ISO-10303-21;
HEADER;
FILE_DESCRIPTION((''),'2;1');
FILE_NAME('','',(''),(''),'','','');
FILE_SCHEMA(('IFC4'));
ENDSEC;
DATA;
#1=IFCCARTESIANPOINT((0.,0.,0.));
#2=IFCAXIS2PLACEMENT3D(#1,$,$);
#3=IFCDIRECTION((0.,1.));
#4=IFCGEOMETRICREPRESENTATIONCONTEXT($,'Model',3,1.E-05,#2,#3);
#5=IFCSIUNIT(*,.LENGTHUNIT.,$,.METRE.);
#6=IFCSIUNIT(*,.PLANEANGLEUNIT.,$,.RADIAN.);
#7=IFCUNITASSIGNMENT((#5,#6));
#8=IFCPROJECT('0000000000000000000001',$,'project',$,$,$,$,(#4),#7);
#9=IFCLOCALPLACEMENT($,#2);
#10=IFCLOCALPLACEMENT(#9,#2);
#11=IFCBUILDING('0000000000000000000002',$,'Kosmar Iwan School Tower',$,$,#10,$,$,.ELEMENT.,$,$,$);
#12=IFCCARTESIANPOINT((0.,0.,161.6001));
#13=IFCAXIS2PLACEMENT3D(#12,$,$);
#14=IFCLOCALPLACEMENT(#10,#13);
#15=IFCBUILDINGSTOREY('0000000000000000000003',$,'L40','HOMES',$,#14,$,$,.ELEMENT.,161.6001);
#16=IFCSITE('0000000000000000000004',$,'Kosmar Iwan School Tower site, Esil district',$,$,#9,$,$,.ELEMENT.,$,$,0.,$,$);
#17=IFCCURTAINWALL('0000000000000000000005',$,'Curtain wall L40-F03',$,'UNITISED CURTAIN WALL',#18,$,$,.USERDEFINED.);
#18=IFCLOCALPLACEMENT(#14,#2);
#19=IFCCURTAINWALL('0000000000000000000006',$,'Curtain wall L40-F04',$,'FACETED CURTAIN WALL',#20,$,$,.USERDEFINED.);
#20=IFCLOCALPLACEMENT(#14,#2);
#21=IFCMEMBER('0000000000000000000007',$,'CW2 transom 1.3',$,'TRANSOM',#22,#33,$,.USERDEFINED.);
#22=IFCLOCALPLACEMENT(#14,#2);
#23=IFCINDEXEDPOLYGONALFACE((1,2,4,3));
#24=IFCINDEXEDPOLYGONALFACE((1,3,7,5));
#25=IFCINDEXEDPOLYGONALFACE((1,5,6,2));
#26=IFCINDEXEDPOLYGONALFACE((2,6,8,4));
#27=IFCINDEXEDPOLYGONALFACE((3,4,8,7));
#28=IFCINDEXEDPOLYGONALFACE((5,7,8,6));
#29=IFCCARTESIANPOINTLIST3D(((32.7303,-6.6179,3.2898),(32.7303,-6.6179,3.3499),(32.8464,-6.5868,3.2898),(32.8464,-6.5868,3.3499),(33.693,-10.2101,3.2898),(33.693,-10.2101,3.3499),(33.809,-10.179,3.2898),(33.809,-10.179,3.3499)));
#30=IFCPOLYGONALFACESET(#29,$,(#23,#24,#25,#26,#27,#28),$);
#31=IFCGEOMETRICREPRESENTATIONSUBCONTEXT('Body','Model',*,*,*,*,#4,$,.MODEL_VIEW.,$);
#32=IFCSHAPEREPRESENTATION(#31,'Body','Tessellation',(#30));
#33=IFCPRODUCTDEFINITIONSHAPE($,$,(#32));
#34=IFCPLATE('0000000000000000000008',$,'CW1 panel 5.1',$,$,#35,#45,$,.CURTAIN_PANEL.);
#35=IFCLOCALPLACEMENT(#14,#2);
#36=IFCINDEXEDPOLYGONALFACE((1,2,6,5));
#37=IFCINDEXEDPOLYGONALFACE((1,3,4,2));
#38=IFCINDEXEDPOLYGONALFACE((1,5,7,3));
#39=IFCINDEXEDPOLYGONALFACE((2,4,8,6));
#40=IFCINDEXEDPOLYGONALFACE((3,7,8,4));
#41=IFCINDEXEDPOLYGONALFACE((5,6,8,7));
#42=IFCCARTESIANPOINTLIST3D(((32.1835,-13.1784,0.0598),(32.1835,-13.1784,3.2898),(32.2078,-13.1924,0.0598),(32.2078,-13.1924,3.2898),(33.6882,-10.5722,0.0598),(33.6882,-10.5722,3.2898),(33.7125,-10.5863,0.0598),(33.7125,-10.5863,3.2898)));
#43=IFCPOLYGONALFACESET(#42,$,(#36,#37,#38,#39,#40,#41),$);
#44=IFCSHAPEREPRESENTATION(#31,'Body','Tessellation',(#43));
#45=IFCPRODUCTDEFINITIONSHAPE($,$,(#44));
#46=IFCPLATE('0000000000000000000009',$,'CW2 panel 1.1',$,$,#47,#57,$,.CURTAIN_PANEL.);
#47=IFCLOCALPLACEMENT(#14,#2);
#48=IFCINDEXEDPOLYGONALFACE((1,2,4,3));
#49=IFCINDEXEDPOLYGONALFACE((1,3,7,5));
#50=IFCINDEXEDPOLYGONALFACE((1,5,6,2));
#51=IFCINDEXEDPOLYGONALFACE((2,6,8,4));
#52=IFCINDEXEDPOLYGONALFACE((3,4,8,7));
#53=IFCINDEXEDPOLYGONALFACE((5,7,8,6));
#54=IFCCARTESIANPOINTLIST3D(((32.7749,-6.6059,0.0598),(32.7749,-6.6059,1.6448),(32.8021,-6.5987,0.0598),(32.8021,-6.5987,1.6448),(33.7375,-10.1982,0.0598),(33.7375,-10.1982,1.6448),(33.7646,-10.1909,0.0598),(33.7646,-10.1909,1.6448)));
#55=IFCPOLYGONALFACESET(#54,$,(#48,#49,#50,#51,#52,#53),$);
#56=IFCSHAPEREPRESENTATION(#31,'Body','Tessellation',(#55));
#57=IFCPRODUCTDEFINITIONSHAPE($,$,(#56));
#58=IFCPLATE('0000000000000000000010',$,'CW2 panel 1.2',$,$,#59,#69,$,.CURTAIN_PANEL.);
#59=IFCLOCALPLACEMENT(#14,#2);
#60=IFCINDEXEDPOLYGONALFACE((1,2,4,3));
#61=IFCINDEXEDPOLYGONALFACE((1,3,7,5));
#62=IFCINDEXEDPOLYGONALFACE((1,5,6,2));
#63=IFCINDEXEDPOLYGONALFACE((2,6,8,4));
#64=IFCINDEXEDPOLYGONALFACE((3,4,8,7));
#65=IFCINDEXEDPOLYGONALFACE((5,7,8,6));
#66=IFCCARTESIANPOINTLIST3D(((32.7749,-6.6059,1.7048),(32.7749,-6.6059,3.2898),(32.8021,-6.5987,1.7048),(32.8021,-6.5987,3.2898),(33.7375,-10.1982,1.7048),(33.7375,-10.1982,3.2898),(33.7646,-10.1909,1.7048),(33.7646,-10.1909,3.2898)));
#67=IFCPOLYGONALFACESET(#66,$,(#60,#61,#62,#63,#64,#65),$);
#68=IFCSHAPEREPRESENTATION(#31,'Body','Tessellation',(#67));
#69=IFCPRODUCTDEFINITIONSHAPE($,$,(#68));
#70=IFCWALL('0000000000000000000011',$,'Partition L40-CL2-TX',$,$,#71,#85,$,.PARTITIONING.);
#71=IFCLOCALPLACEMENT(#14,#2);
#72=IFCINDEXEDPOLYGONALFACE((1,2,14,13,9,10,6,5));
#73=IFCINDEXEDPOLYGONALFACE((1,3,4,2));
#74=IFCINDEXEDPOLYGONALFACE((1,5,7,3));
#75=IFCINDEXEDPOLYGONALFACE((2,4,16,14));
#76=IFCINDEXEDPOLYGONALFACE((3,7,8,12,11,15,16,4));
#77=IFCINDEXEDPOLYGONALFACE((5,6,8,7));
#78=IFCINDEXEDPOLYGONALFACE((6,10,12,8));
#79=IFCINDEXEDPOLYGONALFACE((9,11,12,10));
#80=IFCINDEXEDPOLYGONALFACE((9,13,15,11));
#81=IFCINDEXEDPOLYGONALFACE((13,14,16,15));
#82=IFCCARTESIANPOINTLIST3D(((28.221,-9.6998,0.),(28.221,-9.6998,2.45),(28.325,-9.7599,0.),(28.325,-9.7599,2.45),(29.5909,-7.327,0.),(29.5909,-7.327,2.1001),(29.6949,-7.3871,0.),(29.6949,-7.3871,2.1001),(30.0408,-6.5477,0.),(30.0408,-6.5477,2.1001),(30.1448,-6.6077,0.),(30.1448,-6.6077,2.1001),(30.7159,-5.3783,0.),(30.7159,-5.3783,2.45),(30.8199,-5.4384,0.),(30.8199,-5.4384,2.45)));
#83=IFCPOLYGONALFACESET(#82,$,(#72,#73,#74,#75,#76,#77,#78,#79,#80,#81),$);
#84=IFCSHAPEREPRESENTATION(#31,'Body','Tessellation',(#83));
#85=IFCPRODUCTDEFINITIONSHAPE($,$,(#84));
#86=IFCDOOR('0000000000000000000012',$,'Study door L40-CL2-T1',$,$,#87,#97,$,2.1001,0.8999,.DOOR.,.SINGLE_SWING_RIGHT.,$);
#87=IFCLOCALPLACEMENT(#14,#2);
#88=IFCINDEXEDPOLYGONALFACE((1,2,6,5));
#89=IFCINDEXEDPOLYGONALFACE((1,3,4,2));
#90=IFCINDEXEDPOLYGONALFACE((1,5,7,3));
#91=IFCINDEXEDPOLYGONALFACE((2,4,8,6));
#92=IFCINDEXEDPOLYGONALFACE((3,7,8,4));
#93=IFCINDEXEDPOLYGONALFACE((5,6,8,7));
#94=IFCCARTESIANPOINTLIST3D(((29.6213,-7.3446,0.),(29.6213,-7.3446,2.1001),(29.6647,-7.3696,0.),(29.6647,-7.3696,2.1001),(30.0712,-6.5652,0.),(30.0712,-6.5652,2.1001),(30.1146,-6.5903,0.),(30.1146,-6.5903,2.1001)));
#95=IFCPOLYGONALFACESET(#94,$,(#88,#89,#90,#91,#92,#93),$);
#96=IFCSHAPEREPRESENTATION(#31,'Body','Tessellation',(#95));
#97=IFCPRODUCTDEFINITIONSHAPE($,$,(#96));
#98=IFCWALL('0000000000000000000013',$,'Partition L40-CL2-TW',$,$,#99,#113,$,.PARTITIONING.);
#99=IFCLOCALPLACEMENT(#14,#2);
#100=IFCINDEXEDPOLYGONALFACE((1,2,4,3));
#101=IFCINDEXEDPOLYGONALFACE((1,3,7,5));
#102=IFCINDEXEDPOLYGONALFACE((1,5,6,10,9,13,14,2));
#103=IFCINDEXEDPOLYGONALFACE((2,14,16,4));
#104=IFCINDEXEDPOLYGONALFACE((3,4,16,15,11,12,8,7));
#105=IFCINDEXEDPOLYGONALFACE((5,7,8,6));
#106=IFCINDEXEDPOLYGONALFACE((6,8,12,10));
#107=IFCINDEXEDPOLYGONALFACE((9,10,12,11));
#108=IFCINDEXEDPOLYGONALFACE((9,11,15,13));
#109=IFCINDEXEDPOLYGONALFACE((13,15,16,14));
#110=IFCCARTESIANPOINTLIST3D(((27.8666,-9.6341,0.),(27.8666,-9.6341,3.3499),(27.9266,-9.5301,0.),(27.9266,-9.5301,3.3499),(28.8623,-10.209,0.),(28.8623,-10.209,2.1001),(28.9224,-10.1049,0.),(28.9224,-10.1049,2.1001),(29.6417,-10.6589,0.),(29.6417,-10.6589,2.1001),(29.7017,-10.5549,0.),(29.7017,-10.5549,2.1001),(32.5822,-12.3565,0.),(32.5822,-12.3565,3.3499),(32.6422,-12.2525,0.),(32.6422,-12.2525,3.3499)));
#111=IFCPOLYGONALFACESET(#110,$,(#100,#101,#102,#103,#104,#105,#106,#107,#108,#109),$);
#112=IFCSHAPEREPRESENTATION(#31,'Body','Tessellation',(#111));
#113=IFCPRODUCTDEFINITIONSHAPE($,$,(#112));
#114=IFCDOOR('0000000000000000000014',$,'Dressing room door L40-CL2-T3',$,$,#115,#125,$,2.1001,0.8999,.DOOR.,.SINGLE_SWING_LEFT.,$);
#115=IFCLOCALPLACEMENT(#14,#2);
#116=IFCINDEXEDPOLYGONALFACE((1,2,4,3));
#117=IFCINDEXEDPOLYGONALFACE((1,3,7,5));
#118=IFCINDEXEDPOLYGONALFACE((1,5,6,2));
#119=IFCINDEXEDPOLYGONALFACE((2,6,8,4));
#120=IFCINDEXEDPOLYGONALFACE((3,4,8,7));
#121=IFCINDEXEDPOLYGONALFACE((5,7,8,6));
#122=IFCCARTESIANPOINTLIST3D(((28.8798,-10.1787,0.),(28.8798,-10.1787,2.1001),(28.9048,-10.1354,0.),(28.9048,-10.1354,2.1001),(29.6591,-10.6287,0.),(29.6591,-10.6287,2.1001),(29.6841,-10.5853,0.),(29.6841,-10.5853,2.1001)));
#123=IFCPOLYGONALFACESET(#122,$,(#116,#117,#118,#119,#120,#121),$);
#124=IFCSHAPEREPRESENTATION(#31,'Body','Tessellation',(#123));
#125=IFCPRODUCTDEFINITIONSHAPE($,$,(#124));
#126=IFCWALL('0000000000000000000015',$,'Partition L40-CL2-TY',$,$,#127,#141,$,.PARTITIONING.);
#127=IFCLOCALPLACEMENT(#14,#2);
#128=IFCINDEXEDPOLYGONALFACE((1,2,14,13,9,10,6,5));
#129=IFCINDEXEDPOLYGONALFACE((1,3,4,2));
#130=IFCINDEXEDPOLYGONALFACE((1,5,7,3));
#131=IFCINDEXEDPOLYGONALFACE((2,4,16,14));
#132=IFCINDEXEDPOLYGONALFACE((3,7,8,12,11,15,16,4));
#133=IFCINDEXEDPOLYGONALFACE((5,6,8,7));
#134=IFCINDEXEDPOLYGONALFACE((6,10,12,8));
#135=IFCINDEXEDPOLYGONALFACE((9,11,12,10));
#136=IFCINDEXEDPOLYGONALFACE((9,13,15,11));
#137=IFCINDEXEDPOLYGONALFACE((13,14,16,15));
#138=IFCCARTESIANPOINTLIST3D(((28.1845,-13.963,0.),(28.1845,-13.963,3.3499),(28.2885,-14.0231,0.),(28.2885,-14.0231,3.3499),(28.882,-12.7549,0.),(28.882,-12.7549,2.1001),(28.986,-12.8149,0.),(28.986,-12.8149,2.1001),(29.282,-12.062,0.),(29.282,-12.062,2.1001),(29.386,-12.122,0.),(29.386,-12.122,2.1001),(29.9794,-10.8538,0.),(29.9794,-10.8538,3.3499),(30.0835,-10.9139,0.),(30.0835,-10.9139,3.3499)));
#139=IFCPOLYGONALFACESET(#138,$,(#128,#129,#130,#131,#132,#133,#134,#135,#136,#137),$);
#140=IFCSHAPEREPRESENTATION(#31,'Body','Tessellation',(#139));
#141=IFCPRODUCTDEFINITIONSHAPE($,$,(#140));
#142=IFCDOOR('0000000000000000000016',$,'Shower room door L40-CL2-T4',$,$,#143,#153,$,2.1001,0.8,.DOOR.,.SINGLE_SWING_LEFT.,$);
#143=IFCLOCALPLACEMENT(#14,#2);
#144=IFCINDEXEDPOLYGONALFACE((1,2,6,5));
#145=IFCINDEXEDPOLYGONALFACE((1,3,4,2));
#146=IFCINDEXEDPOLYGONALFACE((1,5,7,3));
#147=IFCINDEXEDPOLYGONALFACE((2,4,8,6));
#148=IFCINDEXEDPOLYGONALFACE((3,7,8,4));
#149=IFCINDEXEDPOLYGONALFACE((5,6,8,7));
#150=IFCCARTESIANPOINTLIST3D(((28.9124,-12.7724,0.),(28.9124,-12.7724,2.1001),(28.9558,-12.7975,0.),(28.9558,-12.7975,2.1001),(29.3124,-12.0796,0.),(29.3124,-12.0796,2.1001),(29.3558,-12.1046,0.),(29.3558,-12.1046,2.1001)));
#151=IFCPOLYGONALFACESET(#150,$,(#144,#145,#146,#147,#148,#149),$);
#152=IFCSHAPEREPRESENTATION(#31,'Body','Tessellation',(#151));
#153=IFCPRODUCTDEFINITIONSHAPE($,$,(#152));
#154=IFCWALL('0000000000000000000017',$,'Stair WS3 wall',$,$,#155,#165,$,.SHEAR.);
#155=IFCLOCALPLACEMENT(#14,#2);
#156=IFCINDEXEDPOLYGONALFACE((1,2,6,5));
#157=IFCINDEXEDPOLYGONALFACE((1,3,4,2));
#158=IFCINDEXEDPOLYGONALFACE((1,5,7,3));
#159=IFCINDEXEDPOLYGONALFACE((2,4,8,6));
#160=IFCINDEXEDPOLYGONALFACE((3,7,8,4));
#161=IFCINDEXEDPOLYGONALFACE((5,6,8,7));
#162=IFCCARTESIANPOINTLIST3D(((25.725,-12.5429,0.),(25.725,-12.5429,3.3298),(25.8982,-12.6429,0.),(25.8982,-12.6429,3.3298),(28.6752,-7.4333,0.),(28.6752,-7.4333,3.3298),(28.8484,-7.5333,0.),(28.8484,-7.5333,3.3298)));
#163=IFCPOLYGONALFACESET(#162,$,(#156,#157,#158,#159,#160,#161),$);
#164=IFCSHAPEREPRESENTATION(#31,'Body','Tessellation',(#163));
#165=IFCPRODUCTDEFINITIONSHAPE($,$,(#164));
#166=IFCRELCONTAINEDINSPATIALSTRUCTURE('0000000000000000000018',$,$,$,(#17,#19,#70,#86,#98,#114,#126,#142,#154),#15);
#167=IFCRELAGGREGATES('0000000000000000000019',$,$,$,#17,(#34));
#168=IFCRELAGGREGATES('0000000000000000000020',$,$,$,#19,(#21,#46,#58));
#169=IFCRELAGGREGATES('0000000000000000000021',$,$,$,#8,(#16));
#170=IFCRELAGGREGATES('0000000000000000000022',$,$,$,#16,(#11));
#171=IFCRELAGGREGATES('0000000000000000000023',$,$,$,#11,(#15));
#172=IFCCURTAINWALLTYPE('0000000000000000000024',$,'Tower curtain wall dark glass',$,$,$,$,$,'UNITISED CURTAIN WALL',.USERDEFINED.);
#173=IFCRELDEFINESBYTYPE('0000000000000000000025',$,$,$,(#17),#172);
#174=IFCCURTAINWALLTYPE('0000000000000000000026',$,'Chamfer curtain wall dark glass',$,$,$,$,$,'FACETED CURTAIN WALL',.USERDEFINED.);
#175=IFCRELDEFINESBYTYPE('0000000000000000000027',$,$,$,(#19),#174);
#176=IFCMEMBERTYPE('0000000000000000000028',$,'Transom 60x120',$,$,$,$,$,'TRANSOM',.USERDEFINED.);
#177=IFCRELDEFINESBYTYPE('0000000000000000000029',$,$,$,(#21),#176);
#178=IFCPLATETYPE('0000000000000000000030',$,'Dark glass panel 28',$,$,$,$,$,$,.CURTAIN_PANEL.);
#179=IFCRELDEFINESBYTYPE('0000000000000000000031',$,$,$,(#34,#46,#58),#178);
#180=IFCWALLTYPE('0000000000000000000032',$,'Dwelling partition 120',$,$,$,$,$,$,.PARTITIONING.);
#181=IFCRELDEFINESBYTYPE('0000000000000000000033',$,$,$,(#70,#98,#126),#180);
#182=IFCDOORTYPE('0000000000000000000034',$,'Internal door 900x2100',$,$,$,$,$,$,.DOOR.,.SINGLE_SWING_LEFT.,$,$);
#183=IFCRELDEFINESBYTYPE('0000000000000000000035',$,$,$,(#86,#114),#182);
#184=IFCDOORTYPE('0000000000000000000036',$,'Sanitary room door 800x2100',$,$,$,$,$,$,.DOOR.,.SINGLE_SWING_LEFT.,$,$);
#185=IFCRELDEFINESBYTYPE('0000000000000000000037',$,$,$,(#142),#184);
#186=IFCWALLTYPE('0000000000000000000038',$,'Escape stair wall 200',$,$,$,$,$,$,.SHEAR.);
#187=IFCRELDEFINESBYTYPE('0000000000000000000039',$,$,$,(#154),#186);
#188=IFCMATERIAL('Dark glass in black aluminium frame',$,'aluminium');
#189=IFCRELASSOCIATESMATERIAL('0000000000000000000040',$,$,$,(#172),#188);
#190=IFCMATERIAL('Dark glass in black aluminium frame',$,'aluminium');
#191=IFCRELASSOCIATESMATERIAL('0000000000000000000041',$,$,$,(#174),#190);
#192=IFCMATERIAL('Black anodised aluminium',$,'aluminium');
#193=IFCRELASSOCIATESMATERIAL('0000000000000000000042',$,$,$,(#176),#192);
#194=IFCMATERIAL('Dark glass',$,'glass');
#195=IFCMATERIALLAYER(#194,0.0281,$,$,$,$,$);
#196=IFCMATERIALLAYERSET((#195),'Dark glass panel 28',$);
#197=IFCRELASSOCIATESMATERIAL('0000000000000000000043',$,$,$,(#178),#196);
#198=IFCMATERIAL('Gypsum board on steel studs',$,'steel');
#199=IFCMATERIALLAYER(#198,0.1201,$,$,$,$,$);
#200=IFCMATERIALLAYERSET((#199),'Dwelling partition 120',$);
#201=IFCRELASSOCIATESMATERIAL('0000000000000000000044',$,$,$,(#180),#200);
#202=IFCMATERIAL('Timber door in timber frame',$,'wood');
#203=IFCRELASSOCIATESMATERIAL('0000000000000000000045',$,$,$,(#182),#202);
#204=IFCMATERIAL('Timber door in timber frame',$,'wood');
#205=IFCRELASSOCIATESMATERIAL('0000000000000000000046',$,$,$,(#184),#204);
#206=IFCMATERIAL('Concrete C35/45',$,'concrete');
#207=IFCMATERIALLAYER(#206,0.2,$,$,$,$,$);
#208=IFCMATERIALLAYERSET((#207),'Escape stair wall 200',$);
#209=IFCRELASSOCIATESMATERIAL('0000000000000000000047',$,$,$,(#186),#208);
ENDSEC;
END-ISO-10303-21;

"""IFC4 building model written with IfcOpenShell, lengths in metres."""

from ifc_helpers import new_model, si_unit, direction, frame, frame_2d, origin, origin_2d, place, context, subcontext, project, spatial, rectangle, extrude, material, layer, layer_set, material_profile, profile_set, type_object, element, fill, aggregate, save


model = new_model("IFC4")

# Units and contexts
model_context = context("Model", 3, precision=1e-05, world=origin(), true_north=direction((0.0, 1.0)))
body_context = subcontext(model_context, "Body", "Model", "MODEL_VIEW")
ifc_project = project(units=[si_unit("LENGTHUNIT", "METRE"), si_unit("PLANEANGLEUNIT", "RADIAN")], contexts=[model_context])

# Site, building, storey
site_placement = place(None, origin())
site = spatial("IfcSite", under=ifc_project, at=site_placement, Name="Kosmar Iwan School Tower site, Esil district", CompositionType="ELEMENT", RefElevation=0.0)
building_placement = place(site_placement, origin())
building = spatial("IfcBuilding", under=site, at=building_placement, Name="Kosmar Iwan School Tower", CompositionType="ELEMENT")
storey_placement = place(building_placement, frame((0.0, 0.0, 161.6001)))
storey = spatial("IfcBuildingStorey", under=building, at=storey_placement, Name="L40", Description="HOMES", CompositionType="ELEMENT", Elevation=161.6001)

# Curtain walls
ifc_material_1 = material(Name="Dark glass in black aluminium frame", Category="aluminium")
curtain_wall_type_1 = type_object("IfcCurtainWallType", Name="Tower curtain wall dark glass", ElementType="UNITISED CURTAIN WALL", PredefinedType="USERDEFINED", material=ifc_material_1)
curtain_wall_1_placement = place(storey_placement, origin())
curtain_wall_1 = element("IfcCurtainWall", 1, at=curtain_wall_1_placement, inside=storey, type_object=curtain_wall_type_1, Name="Curtain wall L40-F03", ObjectType="UNITISED CURTAIN WALL", PredefinedType="USERDEFINED")
ifc_material_2 = material(Name="Dark glass in black aluminium frame", Category="aluminium")
curtain_wall_type_2 = type_object("IfcCurtainWallType", Name="Chamfer curtain wall dark glass", ElementType="FACETED CURTAIN WALL", PredefinedType="USERDEFINED", material=ifc_material_2)
curtain_wall_2_placement = place(storey_placement, origin())
curtain_wall_2 = element("IfcCurtainWall", 2, at=curtain_wall_2_placement, inside=storey, type_object=curtain_wall_type_2, Name="Curtain wall L40-F04", ObjectType="FACETED CURTAIN WALL", PredefinedType="USERDEFINED")

# Member
ifc_material_3 = material(Name="Black anodised aluminium", Category="aluminium")
ifc_material_profile_1 = material_profile(ifc_material_3, rectangle(XDim=0.1201, YDim=0.0601, at=origin_2d()), Name="TRANSOM 60x120")
ifc_profile_set_1 = profile_set([ifc_material_profile_1], Name="Black anodised aluminium")
member_type_1 = type_object("IfcMemberType", Name="Transom 60x120", ElementType="TRANSOM", PredefinedType="USERDEFINED", material=ifc_profile_set_1)
member_1_placement = place(storey_placement, frame((33.751, -10.1946, 3.3198), z_axis=(-0.258843, 0.965919, 0.0), x_axis=(-0.965919, -0.258843, 0.0)))
member_1 = element("IfcMember", 3, at=member_1_placement, type_object=member_type_1, Name="CW2 transom 1.3", ObjectType="TRANSOM", PredefinedType="USERDEFINED", context=body_context, shape_type="SweptSolid", body=[
    extrude(rectangle(XDim=0.1201, YDim=0.0601, at=origin_2d()), origin(), (0.0, 0.0, 1.0), 3.719),
])

# Plates
ifc_material_4 = material(Name="Dark glass", Category="glass")
ifc_layer_1 = layer(ifc_material_4, 0.0281)
ifc_layer_set_1 = layer_set([ifc_layer_1], Name="Dark glass panel 28")
plate_type = type_object("IfcPlateType", Name="Dark glass panel 28", PredefinedType="CURTAIN_PANEL", material=ifc_layer_set_1)
plate_1_placement = place(storey_placement, frame((32.948, -11.8823, 0.0598), z_axis=(0.0, 0.0, 1.0), x_axis=(0.5, 0.866025, 0.0)))
plate_1 = element("IfcPlate", 4, at=plate_1_placement, type_object=plate_type, Name="CW1 panel 5.1", PredefinedType="CURTAIN_PANEL", context=body_context, shape_type="SweptSolid", body=[
    extrude(rectangle(XDim=3.0093, YDim=0.0281, at=origin_2d()), origin(), (0.0, 0.0, 1.0), 3.23),
])
aggregate(curtain_wall_1, [plate_1])
plate_2_placement = place(storey_placement, frame((33.2698, -8.3984, 0.0598), z_axis=(0.0, 0.0, 1.0), x_axis=(-0.258819, 0.965926, 0.0)))
plate_2 = element("IfcPlate", 5, at=plate_2_placement, type_object=plate_type, Name="CW2 panel 1.1", PredefinedType="CURTAIN_PANEL", context=body_context, shape_type="SweptSolid", body=[
    extrude(rectangle(XDim=3.719, YDim=0.0281, at=origin_2d()), origin(), (0.0, 0.0, 1.0), 1.585),
])
plate_3_placement = place(storey_placement, frame((33.2698, -8.3984, 1.7048), z_axis=(0.0, 0.0, 1.0), x_axis=(-0.258819, 0.965926, 0.0)))
plate_3 = element("IfcPlate", 6, at=plate_3_placement, type_object=plate_type, Name="CW2 panel 1.2", PredefinedType="CURTAIN_PANEL", context=body_context, shape_type="SweptSolid", body=[
    extrude(rectangle(XDim=3.719, YDim=0.0281, at=origin_2d()), origin(), (0.0, 0.0, 1.0), 1.585),
])
aggregate(curtain_wall_2, [member_1, plate_2, plate_3])

# Walls, openings, doors
ifc_material_5 = material(Name="Gypsum board on steel studs", Category="steel")
ifc_layer_2 = layer(ifc_material_5, 0.1201)
ifc_layer_set_2 = layer_set([ifc_layer_2], Name="Dwelling partition 120")
wall_type_1 = type_object("IfcWallType", Name="Dwelling partition 120", PredefinedType="PARTITIONING", material=ifc_layer_set_2)
wall_1_placement = place(storey_placement, frame((28.2729, -9.73, 0.0), z_axis=(0.0, 0.0, 1.0), x_axis=(0.499975, 0.86604, 0.0)))
wall_1 = element("IfcWall", 7, at=wall_1_placement, inside=storey, type_object=wall_type_1, Name="Partition L40-CL2-TX", PredefinedType="PARTITIONING", context=body_context, shape_type="SweptSolid", body=[
    extrude(rectangle(XDim=4.99, YDim=0.1201, at=frame_2d((2.4951, 0.0))), origin(), (0.0, 0.0, 1.0), 2.45),
])
opening_1_placement = place(wall_1_placement, frame((2.74, 0.0, 0.0)))
opening_1 = element("IfcOpeningElement", 8, at=opening_1_placement, cuts=wall_1, PredefinedType="OPENING", context=body_context, shape_type="SweptSolid", body=[
    extrude(rectangle(XDim=0.8999, YDim=2.1001, at=frame_2d((0.45, 1.05))), frame((0.0, 0.072, 0.0), z_axis=(0.0, -1.0, 0.0), x_axis=(1.0, 0.0, 0.0)), (0.0, 0.0, 1.0), 0.144),
])
ifc_material_6 = material(Name="Timber door in timber frame", Category="wood")
door_type_1 = type_object("IfcDoorType", Name="Internal door 900x2100", OperationType="SINGLE_SWING_LEFT", PredefinedType="DOOR", material=ifc_material_6)
door_1_placement = place(opening_1_placement, origin())
door_1 = element("IfcDoor", 9, at=door_1_placement, inside=storey, type_object=door_type_1, Name="Study door L40-CL2-T1", OperationType="SINGLE_SWING_RIGHT", OverallHeight=2.1001, OverallWidth=0.8999, PredefinedType="DOOR", context=body_context, shape_type="SweptSolid", body=[
    extrude(rectangle(XDim=0.8999, YDim=2.1001, at=frame_2d((0.45, 1.05))), frame((0.0, 0.0249, 0.0), z_axis=(0.0, -1.0, 0.0), x_axis=(1.0, 0.0, 0.0)), (0.0, 0.0, 1.0), 0.05),
])
fill(opening_1, door_1)
wall_2_placement = place(storey_placement, frame((27.8965, -9.582, 0.0), z_axis=(0.0, 0.0, 1.0), x_axis=(0.866036, -0.499982, 0.0)))
wall_2 = element("IfcWall", 10, at=wall_2_placement, inside=storey, type_object=wall_type_1, Name="Partition L40-CL2-TW", PredefinedType="PARTITIONING", context=body_context, shape_type="SweptSolid", body=[
    extrude(rectangle(XDim=5.4451, YDim=0.1201, at=frame_2d((2.7227, 0.0))), origin(), (0.0, 0.0, 1.0), 3.3499),
])
opening_2_placement = place(wall_2_placement, frame((1.1499, 0.0, 0.0)))
opening_2 = element("IfcOpeningElement", 11, at=opening_2_placement, cuts=wall_2, PredefinedType="OPENING", context=body_context, shape_type="SweptSolid", body=[
    extrude(rectangle(XDim=0.8999, YDim=2.1001, at=frame_2d((0.45, 1.05))), frame((0.0, 0.072, 0.0), z_axis=(0.0, -1.0, 0.0), x_axis=(1.0, 0.0, 0.0)), (0.0, 0.0, 1.0), 0.144),
])
door_2_placement = place(opening_2_placement, origin())
door_2 = element("IfcDoor", 12, at=door_2_placement, inside=storey, type_object=door_type_1, Name="Dressing room door L40-CL2-T3", OperationType="SINGLE_SWING_LEFT", OverallHeight=2.1001, OverallWidth=0.8999, PredefinedType="DOOR", context=body_context, shape_type="SweptSolid", body=[
    extrude(rectangle(XDim=0.8999, YDim=2.1001, at=frame_2d((0.45, 1.05))), frame((0.0, 0.0249, 0.0), z_axis=(0.0, -1.0, 0.0), x_axis=(1.0, 0.0, 0.0)), (0.0, 0.0, 1.0), 0.05),
])
fill(opening_2, door_2)
wall_3_placement = place(storey_placement, frame((28.2366, -13.9929, 0.0), z_axis=(0.0, 0.0, 1.0), x_axis=(0.499972, 0.866042, 0.0)))
wall_3 = element("IfcWall", 13, at=wall_3_placement, inside=storey, type_object=wall_type_1, Name="Partition L40-CL2-TY", PredefinedType="PARTITIONING", context=body_context, shape_type="SweptSolid", body=[
    extrude(rectangle(XDim=3.5901, YDim=0.1201, at=frame_2d((1.7949, 0.0))), origin(), (0.0, 0.0, 1.0), 3.3499),
])
opening_3_placement = place(wall_3_placement, frame((1.395, 0.0, 0.0)))
opening_3 = element("IfcOpeningElement", 14, at=opening_3_placement, cuts=wall_3, PredefinedType="OPENING", context=body_context, shape_type="SweptSolid", body=[
    extrude(rectangle(XDim=0.8, YDim=2.1001, at=frame_2d((0.3999, 1.05))), frame((0.0, 0.072, 0.0), z_axis=(0.0, -1.0, 0.0), x_axis=(1.0, 0.0, 0.0)), (0.0, 0.0, 1.0), 0.144),
])
ifc_material_7 = material(Name="Timber door in timber frame", Category="wood")
door_type_2 = type_object("IfcDoorType", Name="Sanitary room door 800x2100", OperationType="SINGLE_SWING_LEFT", PredefinedType="DOOR", material=ifc_material_7)
door_3_placement = place(opening_3_placement, origin())
door_3 = element("IfcDoor", 15, at=door_3_placement, inside=storey, type_object=door_type_2, Name="Shower room door L40-CL2-T4", OperationType="SINGLE_SWING_LEFT", OverallHeight=2.1001, OverallWidth=0.8, PredefinedType="DOOR", context=body_context, shape_type="SweptSolid", body=[
    extrude(rectangle(XDim=0.8, YDim=2.1001, at=frame_2d((0.3999, 1.05))), frame((0.0, 0.0249, 0.0), z_axis=(0.0, -1.0, 0.0), x_axis=(1.0, 0.0, 0.0)), (0.0, 0.0, 1.0), 0.05),
])
fill(opening_3, door_3)

# Wall
ifc_material_8 = material(Name="Concrete C35/45", Category="concrete")
ifc_layer_3 = layer(ifc_material_8, 0.2)
ifc_layer_set_3 = layer_set([ifc_layer_3], Name="Escape stair wall 200")
wall_type_2 = type_object("IfcWallType", Name="Escape stair wall 200", PredefinedType="SHEAR", material=ifc_layer_set_3)
wall_4_placement = place(storey_placement, frame((25.8115, -12.593, 0.0), z_axis=(0.0, 0.0, 1.0), x_axis=(0.50002, 0.866014, 0.0)))
element("IfcWall", 16, at=wall_4_placement, inside=storey, type_object=wall_type_2, Name="Stair WS3 wall", PredefinedType="SHEAR", context=body_context, shape_type="SweptSolid", body=[
    extrude(rectangle(XDim=5.9001, YDim=0.2, at=frame_2d((2.9502, 0.0))), origin(), (0.0, 0.0, 1.0), 3.3298),
])

save(model, "model.ifc")
